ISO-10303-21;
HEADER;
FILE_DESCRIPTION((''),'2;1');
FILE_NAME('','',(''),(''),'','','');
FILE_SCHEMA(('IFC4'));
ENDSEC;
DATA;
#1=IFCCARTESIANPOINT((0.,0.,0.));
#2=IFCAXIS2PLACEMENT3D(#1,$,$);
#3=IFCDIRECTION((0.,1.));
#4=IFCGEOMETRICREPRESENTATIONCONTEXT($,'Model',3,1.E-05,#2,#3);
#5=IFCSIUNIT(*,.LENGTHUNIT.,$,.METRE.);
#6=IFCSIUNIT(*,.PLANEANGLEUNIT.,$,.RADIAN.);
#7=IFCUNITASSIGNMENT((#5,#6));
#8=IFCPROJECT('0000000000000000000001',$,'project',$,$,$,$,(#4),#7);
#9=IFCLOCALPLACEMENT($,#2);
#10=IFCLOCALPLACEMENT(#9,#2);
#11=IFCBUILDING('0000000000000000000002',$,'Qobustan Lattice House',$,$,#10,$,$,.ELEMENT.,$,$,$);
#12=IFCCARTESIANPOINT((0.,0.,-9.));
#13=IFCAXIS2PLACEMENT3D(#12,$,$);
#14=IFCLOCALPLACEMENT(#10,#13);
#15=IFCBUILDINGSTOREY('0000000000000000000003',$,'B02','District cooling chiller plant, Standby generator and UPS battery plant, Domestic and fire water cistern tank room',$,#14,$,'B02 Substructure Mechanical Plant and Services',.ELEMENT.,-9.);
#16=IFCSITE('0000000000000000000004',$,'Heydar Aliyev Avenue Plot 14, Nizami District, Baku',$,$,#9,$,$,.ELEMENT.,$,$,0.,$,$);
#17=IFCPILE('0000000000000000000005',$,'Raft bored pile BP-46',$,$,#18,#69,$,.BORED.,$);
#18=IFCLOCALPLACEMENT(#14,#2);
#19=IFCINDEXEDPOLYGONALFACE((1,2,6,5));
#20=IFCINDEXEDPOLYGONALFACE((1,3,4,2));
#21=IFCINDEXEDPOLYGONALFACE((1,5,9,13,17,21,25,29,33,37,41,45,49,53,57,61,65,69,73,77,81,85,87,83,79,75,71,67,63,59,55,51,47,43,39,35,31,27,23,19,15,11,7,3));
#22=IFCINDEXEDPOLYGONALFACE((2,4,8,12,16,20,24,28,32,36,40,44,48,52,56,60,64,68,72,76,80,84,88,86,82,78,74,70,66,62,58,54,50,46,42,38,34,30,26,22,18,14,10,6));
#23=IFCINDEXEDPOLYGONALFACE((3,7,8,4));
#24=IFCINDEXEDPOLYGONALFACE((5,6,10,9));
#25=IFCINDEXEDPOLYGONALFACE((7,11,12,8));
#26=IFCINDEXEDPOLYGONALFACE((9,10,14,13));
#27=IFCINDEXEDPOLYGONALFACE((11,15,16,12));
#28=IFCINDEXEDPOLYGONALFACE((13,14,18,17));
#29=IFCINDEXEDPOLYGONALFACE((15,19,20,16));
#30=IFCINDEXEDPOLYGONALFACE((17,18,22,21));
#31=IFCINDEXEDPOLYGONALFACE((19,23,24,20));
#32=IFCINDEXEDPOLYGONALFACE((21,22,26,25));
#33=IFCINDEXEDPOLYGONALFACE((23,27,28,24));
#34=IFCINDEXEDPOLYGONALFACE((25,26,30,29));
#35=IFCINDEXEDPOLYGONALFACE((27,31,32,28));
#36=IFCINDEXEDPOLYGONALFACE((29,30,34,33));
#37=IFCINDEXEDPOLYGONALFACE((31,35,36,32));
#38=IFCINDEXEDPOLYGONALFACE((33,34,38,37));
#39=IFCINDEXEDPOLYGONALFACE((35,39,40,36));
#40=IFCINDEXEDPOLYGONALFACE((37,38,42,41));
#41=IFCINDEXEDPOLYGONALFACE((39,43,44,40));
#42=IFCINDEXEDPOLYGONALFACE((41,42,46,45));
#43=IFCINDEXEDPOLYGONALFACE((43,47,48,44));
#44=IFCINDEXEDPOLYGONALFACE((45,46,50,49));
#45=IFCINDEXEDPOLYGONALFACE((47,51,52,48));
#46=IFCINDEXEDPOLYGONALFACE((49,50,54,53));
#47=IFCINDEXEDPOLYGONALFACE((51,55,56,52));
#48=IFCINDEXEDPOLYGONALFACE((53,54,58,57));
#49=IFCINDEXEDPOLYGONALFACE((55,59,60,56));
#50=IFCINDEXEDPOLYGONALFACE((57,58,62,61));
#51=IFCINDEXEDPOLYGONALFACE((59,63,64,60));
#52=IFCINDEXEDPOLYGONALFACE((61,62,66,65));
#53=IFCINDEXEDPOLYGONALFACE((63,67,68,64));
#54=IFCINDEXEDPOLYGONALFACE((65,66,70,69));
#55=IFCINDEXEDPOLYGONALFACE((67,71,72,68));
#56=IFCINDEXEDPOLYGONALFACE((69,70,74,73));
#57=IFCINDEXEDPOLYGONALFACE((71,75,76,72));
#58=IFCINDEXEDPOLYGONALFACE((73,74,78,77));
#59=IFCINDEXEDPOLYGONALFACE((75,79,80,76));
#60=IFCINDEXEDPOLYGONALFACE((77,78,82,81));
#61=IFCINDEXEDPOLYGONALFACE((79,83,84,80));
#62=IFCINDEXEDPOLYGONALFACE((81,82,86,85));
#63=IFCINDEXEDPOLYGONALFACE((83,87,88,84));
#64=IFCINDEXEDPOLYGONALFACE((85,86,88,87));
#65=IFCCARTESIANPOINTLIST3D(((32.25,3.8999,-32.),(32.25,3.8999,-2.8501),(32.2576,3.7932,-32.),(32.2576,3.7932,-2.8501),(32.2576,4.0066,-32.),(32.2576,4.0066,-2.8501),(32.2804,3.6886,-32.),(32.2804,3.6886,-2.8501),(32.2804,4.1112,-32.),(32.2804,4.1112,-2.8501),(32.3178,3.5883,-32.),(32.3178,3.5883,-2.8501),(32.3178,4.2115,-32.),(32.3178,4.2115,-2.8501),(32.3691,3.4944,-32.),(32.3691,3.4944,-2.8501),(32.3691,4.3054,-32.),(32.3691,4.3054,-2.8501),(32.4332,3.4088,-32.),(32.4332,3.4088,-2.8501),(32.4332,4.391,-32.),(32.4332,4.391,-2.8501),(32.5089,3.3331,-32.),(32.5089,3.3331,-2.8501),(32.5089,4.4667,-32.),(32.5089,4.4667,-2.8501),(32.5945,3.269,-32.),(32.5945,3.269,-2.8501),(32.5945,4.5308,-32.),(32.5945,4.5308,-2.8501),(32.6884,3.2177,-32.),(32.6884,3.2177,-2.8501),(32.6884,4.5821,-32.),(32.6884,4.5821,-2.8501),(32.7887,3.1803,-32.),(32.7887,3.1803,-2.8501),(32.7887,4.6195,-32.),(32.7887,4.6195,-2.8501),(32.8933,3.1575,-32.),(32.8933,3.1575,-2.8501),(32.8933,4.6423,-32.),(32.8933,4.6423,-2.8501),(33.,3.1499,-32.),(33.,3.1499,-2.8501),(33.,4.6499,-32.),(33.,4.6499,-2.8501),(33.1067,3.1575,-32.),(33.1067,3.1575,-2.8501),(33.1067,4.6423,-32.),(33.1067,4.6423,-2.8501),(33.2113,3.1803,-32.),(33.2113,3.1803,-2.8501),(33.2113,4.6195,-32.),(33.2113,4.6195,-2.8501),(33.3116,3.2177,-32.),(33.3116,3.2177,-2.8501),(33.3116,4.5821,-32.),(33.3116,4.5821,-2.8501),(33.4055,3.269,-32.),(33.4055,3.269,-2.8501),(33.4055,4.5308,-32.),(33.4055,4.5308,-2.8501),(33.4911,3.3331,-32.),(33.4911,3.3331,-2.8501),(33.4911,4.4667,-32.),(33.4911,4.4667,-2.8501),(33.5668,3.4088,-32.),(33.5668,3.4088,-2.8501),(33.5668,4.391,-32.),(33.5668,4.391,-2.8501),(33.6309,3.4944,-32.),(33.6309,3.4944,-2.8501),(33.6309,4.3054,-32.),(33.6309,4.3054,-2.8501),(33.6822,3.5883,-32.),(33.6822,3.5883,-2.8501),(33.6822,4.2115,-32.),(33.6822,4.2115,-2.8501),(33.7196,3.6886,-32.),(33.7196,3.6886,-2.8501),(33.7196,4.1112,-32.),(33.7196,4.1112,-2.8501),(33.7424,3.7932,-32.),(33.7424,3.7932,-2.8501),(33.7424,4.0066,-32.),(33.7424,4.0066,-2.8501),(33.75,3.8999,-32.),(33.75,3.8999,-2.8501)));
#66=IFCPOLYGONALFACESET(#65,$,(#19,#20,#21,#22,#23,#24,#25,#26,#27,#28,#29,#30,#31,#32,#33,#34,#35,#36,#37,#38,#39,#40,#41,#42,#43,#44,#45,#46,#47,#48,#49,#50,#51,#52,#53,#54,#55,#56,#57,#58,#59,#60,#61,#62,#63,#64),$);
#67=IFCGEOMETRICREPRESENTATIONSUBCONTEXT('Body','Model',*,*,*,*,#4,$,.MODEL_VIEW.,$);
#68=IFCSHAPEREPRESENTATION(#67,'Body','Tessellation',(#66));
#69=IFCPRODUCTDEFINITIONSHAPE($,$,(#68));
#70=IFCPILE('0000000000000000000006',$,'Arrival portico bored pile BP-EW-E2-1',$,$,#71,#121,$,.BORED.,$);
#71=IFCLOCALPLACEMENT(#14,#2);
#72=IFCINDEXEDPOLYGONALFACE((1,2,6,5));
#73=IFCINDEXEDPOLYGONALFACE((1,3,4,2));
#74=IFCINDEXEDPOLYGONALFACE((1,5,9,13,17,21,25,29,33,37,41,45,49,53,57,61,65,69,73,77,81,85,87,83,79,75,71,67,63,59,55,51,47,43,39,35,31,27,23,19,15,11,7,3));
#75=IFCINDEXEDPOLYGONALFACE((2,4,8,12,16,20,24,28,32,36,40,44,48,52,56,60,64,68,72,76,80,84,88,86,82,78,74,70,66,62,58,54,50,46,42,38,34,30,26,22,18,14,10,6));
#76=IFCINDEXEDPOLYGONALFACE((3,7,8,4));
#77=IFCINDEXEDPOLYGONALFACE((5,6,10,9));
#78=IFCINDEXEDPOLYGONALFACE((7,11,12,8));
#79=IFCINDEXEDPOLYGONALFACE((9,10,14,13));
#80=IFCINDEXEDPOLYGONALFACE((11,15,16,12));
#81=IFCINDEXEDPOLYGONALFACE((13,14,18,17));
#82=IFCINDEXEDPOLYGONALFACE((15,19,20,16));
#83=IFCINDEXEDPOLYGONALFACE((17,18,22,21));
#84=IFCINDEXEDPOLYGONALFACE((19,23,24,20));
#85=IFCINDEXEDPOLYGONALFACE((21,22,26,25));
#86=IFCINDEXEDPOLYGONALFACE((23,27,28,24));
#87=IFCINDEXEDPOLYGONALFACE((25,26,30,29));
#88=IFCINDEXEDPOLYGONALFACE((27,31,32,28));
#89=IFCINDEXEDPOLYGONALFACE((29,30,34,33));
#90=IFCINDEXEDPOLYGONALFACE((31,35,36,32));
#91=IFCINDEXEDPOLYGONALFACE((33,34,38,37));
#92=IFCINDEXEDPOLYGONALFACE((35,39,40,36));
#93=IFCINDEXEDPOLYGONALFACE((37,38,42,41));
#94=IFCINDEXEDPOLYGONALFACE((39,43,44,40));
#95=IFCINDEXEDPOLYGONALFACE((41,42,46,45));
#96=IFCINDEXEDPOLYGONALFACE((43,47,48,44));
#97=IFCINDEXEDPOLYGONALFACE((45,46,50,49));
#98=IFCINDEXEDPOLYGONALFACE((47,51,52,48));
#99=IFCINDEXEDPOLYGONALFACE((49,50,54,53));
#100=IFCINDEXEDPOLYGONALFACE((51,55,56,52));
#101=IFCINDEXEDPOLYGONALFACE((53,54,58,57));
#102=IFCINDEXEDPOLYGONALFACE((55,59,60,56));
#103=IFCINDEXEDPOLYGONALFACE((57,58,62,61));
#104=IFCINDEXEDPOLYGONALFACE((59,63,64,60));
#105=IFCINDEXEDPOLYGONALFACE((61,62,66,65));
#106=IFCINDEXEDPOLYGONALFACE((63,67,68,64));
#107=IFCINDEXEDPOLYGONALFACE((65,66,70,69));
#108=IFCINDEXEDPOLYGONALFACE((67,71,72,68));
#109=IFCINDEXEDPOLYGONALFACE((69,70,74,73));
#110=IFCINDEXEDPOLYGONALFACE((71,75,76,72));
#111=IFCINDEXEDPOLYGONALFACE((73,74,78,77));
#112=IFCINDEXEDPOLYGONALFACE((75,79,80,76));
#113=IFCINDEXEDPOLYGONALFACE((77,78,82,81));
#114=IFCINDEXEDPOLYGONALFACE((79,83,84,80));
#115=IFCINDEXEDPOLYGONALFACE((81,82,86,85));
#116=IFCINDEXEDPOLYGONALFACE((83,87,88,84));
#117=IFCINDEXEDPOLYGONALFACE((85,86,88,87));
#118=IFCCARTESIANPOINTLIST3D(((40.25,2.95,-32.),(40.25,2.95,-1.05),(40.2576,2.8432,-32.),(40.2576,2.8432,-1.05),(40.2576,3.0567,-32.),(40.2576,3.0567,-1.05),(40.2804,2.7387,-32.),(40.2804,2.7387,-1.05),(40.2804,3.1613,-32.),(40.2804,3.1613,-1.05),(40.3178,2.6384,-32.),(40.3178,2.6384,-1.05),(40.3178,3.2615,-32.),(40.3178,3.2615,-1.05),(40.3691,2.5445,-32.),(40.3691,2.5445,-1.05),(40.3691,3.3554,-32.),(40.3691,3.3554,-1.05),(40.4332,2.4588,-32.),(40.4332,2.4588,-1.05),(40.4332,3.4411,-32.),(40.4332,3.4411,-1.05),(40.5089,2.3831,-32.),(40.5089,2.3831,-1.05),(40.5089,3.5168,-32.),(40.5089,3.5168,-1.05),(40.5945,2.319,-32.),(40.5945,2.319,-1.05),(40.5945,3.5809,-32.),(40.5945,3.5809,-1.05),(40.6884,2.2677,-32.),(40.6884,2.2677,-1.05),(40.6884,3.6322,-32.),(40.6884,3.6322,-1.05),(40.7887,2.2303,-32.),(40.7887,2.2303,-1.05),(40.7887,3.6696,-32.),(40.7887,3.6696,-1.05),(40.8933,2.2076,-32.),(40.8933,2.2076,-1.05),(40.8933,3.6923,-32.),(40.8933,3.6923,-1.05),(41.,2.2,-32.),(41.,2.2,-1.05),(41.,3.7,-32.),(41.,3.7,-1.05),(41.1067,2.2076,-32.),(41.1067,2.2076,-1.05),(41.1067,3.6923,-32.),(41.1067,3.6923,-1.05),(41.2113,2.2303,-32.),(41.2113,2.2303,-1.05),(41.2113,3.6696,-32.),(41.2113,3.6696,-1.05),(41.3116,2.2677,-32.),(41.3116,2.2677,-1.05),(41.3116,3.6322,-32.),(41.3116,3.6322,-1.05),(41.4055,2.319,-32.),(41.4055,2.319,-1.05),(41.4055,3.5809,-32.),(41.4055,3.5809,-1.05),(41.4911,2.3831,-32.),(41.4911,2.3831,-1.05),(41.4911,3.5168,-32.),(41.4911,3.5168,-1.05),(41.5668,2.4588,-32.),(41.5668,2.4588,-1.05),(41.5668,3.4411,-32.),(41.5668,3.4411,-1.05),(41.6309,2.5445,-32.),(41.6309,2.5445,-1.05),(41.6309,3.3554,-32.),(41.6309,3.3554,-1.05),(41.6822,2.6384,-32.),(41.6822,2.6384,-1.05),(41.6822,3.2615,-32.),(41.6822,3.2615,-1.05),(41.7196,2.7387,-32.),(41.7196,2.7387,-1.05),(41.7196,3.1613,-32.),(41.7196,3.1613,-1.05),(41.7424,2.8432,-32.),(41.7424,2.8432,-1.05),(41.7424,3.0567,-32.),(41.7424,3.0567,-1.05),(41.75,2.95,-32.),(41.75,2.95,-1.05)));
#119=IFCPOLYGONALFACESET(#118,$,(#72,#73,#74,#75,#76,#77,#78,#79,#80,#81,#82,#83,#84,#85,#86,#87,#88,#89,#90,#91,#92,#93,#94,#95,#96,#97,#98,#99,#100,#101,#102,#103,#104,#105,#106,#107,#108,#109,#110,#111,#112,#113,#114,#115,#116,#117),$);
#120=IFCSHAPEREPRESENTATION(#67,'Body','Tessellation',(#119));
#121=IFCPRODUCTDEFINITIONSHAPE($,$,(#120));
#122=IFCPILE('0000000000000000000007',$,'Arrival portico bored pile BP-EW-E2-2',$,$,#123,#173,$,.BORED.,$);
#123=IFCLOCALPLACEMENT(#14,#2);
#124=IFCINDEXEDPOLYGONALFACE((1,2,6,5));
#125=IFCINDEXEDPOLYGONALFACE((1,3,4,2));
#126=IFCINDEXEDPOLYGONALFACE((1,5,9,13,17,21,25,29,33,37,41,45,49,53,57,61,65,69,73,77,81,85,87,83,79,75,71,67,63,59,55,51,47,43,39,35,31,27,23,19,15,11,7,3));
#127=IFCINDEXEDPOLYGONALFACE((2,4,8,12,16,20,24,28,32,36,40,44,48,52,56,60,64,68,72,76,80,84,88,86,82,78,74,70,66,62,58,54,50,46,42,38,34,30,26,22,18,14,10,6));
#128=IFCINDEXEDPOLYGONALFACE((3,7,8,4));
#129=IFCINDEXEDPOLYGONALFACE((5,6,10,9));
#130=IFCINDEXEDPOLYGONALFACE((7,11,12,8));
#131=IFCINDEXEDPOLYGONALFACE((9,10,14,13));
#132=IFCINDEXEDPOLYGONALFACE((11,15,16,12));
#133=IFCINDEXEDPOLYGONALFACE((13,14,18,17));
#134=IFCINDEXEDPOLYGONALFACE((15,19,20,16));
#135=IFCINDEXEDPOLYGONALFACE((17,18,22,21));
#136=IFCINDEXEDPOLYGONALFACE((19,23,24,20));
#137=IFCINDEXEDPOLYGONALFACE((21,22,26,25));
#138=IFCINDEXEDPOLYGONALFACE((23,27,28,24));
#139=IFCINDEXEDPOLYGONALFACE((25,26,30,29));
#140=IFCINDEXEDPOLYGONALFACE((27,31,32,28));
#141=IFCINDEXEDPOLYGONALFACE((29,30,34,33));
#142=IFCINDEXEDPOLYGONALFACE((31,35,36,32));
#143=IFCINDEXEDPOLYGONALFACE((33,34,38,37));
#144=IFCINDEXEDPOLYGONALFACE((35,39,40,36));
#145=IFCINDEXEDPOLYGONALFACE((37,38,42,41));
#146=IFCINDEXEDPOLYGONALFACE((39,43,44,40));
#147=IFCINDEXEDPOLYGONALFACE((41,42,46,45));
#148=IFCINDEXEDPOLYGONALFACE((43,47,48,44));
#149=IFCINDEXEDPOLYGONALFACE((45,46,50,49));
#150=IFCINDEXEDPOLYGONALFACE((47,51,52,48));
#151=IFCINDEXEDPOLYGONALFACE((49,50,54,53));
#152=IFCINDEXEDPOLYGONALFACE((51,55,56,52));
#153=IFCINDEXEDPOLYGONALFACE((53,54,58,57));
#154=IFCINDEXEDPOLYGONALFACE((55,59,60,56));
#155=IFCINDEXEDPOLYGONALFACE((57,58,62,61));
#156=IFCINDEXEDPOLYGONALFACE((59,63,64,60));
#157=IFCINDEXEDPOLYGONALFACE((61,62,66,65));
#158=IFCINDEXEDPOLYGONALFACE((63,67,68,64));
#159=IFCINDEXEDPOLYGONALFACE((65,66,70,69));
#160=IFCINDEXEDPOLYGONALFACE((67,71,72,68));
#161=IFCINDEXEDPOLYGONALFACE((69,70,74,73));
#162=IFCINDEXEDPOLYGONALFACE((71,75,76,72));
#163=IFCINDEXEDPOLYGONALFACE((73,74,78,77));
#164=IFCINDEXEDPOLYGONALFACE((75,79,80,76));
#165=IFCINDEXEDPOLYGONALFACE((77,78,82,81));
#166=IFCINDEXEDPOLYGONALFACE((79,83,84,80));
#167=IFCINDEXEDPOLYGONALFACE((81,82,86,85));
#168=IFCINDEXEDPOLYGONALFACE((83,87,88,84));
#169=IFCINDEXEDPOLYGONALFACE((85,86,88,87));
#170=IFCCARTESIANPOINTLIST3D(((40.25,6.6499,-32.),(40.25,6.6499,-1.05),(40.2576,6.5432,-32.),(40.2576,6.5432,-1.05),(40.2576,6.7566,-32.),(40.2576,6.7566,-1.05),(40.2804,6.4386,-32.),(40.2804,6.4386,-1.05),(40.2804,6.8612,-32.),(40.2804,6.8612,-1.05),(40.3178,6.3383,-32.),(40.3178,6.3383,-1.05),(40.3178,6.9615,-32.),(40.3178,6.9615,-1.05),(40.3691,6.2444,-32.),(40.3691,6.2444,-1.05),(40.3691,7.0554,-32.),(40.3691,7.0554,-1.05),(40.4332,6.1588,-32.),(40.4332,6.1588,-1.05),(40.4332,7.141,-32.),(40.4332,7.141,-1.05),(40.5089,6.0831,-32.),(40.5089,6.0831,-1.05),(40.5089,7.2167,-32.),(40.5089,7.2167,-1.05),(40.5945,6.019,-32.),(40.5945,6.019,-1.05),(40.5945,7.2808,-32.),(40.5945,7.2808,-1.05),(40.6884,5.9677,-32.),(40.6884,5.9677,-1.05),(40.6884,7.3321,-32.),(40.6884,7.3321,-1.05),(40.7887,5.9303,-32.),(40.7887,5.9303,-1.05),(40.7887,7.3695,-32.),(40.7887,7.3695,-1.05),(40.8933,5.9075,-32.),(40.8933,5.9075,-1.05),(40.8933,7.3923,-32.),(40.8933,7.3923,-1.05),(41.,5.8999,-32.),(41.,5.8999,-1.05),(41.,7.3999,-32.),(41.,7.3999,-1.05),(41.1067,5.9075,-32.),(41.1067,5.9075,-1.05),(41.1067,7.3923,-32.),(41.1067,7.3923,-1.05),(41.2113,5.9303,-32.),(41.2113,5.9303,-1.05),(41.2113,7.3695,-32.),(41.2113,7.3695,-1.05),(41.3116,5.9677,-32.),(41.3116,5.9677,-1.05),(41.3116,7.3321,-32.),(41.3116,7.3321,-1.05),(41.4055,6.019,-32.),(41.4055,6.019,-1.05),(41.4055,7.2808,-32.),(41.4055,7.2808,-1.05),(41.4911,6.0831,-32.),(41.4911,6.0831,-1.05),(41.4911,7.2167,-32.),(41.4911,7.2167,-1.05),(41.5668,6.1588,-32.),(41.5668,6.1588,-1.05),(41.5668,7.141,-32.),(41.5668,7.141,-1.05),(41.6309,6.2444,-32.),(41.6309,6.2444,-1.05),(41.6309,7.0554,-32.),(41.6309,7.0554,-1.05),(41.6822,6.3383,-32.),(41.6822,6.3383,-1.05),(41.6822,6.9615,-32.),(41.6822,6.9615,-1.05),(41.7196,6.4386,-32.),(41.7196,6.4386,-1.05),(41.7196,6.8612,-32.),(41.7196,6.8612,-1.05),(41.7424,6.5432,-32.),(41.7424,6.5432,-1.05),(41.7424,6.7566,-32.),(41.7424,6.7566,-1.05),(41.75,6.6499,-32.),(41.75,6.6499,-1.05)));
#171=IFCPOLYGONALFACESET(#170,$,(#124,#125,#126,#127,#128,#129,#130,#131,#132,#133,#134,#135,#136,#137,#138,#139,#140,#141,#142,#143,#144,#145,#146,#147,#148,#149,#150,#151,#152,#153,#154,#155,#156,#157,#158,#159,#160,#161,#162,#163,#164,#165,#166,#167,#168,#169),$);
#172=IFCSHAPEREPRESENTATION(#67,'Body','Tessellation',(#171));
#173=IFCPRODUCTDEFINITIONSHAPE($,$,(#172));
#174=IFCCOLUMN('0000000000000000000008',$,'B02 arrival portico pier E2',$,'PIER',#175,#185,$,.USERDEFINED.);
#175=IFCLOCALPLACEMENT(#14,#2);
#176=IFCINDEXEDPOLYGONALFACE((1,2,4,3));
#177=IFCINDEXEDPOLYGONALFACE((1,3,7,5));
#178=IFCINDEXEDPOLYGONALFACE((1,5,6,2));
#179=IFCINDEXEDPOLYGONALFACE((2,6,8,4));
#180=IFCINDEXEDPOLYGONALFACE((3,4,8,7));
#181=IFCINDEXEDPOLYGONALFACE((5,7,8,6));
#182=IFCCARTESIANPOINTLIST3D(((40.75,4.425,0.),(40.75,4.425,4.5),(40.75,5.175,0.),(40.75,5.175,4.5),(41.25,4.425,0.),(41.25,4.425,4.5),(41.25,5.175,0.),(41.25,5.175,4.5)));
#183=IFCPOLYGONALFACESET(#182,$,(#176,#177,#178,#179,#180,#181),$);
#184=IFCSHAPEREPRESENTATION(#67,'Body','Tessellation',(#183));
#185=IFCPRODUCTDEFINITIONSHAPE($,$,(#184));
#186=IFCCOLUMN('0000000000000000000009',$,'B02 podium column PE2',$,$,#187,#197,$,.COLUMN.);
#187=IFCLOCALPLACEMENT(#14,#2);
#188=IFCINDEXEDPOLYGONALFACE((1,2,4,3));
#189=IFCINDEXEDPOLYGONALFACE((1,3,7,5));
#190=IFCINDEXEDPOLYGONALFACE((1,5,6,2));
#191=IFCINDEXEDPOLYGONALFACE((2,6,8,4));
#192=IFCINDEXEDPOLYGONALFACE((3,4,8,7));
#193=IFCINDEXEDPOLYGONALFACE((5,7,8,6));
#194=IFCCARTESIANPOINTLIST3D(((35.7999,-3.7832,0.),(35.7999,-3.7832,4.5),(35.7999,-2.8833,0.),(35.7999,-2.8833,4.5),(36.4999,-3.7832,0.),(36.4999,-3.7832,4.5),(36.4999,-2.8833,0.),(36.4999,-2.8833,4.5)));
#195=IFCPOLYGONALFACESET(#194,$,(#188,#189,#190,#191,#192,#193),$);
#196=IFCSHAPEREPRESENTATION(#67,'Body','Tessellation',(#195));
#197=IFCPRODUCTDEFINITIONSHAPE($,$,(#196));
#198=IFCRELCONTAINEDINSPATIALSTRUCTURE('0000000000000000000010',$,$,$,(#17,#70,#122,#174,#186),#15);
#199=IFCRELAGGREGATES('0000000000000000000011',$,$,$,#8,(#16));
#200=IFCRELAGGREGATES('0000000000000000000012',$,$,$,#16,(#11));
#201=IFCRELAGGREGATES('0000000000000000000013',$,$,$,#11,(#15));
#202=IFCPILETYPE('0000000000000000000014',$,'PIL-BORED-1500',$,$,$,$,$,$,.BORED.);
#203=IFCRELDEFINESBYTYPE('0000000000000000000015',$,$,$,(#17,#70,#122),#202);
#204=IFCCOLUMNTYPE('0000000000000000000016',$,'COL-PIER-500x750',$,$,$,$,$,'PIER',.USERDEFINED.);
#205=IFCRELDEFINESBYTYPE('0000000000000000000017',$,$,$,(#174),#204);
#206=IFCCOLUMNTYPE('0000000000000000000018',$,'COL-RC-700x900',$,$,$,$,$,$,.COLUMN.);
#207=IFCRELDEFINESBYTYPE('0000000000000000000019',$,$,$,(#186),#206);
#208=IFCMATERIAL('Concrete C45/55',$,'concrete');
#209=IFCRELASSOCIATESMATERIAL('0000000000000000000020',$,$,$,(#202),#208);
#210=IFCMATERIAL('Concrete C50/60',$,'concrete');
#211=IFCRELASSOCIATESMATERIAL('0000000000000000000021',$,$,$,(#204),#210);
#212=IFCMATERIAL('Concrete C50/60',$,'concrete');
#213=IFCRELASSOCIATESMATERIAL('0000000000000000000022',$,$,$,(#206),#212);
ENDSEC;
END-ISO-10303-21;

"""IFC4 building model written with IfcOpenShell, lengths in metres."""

from ifc_helpers import new_model, si_unit, direction, frame, origin, origin_2d, place, context, subcontext, project, spatial, rectangle, circle, extrude, material, material_profile, profile_set, type_object, element, save


model = new_model("IFC4")

# Units and contexts
model_context = context("Model", 3, precision=1e-05, world=origin(), true_north=direction((0.0, 1.0)))
body_context = subcontext(model_context, "Body", "Model", "MODEL_VIEW")
ifc_project = project(units=[si_unit("LENGTHUNIT", "METRE"), si_unit("PLANEANGLEUNIT", "RADIAN")], contexts=[model_context])

# Site, building, storey
site_placement = place(None, origin())
site = spatial("IfcSite", under=ifc_project, at=site_placement, Name="Heydar Aliyev Avenue Plot 14, Nizami District, Baku", CompositionType="ELEMENT", RefElevation=0.0)
building_placement = place(site_placement, origin())
building = spatial("IfcBuilding", under=site, at=building_placement, Name="Qobustan Lattice House", CompositionType="ELEMENT")
storey_placement = place(building_placement, frame((0.0, 0.0, -9.0)))
storey = spatial("IfcBuildingStorey", under=building, at=storey_placement, Name="B02", Description="District cooling chiller plant, Standby generator and UPS battery plant, Domestic and fire water cistern tank room", LongName="B02 Substructure Mechanical Plant and Services", CompositionType="ELEMENT", Elevation=-9.0)

# Piles
ifc_material_1 = material(Name="Concrete C45/55", Category="concrete")
ifc_material_profile_1 = material_profile(ifc_material_1, circle(Radius=0.75, at=origin_2d()), Name="PILE-D1500")
ifc_profile_set_1 = profile_set([ifc_material_profile_1], Name="Concrete C45/55")
pile_type = type_object("IfcPileType", Name="PIL-BORED-1500", PredefinedType="BORED", material=ifc_profile_set_1)
for number, where, z_axis, x_axis, name in (
    (1, (33.0, 3.8999, -2.8501), (0.0, 0.0, -1.0), (1.0, 0.0, 0.0), "Raft bored pile BP-46"),
):
    element("IfcPile", number, at=place(storey_placement, frame(where, z_axis=z_axis, x_axis=x_axis)), inside=storey, type_object=pile_type, Name=name, PredefinedType="BORED", context=body_context, shape_type="SweptSolid", body=[
        extrude(circle(Radius=0.75, at=origin_2d()), origin(), (0.0, 0.0, 1.0), 29.1499),
    ])
for number, where, z_axis, x_axis, name in (
    (2, (41.0, 2.95, -1.05), (0.0, 0.0, -1.0), (1.0, 0.0, 0.0), "Arrival portico bored pile BP-EW-E2-1"),
    (3, (41.0, 6.6499, -1.05), (0.0, 0.0, -1.0), (1.0, 0.0, 0.0), "Arrival portico bored pile BP-EW-E2-2"),
):
    element("IfcPile", number, at=place(storey_placement, frame(where, z_axis=z_axis, x_axis=x_axis)), inside=storey, type_object=pile_type, Name=name, PredefinedType="BORED", context=body_context, shape_type="SweptSolid", body=[
        extrude(circle(Radius=0.75, at=origin_2d()), origin(), (0.0, 0.0, 1.0), 30.95),
    ])

# Columns
ifc_material_2 = material(Name="Concrete C50/60", Category="concrete")
ifc_material_profile_2 = material_profile(ifc_material_2, rectangle(XDim=0.5, YDim=0.75, at=origin_2d()), Name="RC500x750")
ifc_profile_set_2 = profile_set([ifc_material_profile_2], Name="Concrete C50/60")
column_type_1 = type_object("IfcColumnType", Name="COL-PIER-500x750", ElementType="PIER", PredefinedType="USERDEFINED", material=ifc_profile_set_2)
column_1_placement = place(storey_placement, frame((41.0, 4.8, 0.0), z_axis=(0.0, 0.0, 1.0), x_axis=(1.0, 0.0, 0.0)))
element("IfcColumn", 4, at=column_1_placement, inside=storey, type_object=column_type_1, Name="B02 arrival portico pier E2", ObjectType="PIER", PredefinedType="USERDEFINED", context=body_context, shape_type="SweptSolid", body=[
    extrude(rectangle(XDim=0.5, YDim=0.75, at=origin_2d()), origin(), (0.0, 0.0, 1.0), 4.5),
])
ifc_material_3 = material(Name="Concrete C50/60", Category="concrete")
ifc_material_profile_3 = material_profile(ifc_material_3, rectangle(XDim=0.7, YDim=0.8999, at=origin_2d()), Name="RC700x900")
ifc_profile_set_3 = profile_set([ifc_material_profile_3], Name="Concrete C50/60")
column_type_2 = type_object("IfcColumnType", Name="COL-RC-700x900", PredefinedType="COLUMN", material=ifc_profile_set_3)
for number, where, z_axis, x_axis, name in (
    (5, (36.1499, -3.3333, 0.0), (0.0, 0.0, 1.0), (1.0, 0.0, 0.0), "B02 podium column PE2"),
):
    element("IfcColumn", number, at=place(storey_placement, frame(where, z_axis=z_axis, x_axis=x_axis)), inside=storey, type_object=column_type_2, Name=name, PredefinedType="COLUMN", context=body_context, shape_type="SweptSolid", body=[
        extrude(rectangle(XDim=0.7, YDim=0.8999, at=origin_2d()), origin(), (0.0, 0.0, 1.0), 4.5),
    ])

save(model, "model.ifc")
